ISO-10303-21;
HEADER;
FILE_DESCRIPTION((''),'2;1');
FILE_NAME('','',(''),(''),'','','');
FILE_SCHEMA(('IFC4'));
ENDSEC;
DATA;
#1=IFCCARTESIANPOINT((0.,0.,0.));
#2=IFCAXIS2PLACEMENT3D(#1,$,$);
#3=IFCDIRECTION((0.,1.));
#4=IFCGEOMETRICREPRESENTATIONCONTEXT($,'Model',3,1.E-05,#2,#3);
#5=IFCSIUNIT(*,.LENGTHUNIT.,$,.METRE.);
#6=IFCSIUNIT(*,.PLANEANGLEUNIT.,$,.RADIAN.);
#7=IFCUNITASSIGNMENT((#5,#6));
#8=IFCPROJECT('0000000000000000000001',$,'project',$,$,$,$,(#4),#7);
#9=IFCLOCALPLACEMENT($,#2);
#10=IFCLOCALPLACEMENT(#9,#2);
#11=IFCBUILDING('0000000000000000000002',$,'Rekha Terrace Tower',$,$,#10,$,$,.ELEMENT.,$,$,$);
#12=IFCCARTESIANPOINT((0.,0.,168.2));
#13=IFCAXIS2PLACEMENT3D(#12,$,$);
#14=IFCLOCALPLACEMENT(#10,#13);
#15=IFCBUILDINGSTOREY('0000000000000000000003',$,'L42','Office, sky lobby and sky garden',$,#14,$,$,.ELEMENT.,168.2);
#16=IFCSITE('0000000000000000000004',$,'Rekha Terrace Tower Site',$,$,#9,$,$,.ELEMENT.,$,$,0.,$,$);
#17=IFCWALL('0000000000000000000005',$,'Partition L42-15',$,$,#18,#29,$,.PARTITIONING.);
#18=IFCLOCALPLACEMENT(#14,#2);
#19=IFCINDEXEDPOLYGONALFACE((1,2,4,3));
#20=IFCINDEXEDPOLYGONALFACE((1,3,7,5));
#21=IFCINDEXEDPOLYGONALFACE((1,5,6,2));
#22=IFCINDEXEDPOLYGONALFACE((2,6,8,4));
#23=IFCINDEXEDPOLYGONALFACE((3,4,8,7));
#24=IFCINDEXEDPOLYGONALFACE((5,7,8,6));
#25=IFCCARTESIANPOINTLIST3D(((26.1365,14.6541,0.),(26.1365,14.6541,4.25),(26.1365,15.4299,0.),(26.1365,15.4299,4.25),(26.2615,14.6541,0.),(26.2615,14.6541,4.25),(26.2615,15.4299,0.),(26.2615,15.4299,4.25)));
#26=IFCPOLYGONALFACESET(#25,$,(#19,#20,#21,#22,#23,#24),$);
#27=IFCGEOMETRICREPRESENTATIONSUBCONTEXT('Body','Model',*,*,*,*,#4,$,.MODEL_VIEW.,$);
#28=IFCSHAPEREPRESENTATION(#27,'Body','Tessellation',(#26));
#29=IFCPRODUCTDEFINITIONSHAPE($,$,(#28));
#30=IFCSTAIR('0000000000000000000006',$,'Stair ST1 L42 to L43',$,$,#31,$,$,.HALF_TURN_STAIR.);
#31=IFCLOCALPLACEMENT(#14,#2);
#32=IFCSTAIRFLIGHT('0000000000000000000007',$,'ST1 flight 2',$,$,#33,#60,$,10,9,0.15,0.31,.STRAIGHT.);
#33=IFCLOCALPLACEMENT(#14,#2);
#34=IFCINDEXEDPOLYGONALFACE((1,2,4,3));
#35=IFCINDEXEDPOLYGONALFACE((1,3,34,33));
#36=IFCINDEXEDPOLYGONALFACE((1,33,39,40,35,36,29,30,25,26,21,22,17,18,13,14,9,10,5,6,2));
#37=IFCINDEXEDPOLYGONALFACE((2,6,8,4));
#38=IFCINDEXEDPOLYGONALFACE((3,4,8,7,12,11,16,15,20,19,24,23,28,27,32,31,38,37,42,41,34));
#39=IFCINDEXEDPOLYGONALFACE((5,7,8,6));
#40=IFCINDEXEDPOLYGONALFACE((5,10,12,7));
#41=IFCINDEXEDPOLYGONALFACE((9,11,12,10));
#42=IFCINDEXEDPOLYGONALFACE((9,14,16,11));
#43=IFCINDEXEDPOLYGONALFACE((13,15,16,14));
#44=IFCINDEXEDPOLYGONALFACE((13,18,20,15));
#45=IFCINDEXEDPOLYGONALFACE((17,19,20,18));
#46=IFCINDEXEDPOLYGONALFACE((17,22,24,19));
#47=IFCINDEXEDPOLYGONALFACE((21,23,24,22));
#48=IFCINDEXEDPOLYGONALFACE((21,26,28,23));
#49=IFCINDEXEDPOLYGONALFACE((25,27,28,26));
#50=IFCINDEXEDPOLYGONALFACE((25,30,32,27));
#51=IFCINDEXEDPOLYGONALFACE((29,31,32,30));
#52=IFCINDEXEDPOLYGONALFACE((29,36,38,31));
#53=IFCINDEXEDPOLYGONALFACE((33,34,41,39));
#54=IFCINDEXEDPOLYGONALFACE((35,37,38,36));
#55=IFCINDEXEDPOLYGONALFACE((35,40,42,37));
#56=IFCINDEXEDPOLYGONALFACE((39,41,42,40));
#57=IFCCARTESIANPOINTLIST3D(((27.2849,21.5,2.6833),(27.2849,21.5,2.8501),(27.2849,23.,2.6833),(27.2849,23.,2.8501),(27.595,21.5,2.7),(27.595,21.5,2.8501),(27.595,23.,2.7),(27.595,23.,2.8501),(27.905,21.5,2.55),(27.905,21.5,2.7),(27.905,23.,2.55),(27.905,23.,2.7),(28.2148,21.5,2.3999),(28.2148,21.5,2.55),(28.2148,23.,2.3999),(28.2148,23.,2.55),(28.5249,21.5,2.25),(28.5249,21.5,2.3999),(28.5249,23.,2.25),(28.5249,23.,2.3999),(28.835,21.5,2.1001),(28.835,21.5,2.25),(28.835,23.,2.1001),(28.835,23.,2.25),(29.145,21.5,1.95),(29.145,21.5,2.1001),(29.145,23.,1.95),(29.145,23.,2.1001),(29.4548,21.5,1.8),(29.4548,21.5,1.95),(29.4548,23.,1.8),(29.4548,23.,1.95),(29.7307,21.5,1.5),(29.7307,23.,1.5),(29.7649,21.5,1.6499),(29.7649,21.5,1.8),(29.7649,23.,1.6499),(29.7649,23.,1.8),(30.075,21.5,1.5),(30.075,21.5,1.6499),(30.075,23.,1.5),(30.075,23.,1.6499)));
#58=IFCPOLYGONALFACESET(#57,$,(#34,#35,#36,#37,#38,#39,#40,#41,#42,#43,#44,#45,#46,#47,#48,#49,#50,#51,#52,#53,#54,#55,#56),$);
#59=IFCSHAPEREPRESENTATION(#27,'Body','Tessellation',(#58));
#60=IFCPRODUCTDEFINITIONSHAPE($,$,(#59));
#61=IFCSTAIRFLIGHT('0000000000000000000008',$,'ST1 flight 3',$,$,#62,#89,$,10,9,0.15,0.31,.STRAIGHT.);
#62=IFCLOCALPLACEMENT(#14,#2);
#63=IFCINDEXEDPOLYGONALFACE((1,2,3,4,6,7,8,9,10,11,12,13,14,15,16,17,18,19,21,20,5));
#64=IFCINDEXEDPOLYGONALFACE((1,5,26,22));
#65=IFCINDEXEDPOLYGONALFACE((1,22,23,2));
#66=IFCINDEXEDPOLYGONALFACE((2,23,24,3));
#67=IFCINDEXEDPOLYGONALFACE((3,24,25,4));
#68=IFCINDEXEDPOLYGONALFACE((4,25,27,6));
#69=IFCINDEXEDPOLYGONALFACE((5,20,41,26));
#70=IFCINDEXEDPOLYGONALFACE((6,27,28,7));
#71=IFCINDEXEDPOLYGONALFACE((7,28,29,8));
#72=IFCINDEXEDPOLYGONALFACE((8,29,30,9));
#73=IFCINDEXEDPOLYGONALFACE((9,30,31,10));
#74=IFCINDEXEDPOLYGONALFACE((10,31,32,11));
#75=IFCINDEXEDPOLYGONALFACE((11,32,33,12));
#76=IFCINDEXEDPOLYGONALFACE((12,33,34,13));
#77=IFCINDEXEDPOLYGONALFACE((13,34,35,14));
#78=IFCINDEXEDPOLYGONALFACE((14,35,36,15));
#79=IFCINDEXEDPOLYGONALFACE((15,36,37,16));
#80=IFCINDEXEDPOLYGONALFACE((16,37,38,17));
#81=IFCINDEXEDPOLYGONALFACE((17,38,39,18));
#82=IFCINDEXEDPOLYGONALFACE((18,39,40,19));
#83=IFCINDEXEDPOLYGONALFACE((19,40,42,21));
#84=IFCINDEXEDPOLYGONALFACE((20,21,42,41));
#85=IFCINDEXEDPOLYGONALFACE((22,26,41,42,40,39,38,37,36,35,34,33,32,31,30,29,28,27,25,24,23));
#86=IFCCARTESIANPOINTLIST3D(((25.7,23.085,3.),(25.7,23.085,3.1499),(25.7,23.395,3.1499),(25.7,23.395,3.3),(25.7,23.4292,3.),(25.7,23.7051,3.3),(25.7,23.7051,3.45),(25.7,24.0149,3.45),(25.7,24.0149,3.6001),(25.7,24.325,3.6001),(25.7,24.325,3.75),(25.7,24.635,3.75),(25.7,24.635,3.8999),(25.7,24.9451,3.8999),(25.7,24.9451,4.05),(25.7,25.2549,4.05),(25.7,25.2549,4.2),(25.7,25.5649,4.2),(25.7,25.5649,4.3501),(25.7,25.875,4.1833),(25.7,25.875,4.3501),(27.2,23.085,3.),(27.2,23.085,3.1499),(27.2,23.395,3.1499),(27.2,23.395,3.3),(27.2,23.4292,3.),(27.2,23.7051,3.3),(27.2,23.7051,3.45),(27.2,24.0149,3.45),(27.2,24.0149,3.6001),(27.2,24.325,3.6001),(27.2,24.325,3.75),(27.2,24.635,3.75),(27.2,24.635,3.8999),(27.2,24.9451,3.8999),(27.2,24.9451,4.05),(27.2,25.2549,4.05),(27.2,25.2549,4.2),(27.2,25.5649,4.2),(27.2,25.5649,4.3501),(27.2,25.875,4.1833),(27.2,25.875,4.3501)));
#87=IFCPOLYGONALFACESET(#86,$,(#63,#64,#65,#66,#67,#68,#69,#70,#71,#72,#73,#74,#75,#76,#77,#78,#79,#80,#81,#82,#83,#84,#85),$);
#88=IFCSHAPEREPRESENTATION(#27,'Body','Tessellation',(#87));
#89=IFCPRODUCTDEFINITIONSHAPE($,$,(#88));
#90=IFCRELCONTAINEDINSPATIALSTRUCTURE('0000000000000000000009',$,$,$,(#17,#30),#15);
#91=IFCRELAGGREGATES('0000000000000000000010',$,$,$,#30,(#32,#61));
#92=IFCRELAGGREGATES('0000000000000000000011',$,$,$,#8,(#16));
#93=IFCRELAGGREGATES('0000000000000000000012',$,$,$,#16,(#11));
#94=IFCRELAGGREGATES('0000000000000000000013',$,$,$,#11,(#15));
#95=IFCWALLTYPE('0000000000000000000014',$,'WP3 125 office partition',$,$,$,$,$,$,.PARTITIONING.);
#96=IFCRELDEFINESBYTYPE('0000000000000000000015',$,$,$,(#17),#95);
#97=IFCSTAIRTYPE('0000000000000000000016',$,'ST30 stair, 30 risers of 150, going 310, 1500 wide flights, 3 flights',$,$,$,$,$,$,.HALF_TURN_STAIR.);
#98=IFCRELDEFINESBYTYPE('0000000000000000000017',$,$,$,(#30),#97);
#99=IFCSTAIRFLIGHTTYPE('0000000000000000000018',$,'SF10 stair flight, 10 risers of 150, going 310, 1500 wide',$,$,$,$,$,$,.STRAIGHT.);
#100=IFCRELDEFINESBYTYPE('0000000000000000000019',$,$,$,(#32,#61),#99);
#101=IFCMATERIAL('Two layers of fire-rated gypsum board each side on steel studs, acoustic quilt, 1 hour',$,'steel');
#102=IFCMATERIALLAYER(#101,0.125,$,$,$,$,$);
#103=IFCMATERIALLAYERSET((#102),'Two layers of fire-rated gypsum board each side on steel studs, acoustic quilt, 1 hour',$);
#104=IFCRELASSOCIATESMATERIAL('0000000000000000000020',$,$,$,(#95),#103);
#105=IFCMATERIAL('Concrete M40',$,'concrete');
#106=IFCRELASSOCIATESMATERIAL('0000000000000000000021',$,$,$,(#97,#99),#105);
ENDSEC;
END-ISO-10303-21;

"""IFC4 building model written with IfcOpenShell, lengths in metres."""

from ifc_helpers import new_model, si_unit, direction, frame, frame_2d, origin, place, context, subcontext, project, spatial, polyline, rectangle, outline, extrude, material, layer, layer_set, type_object, element, aggregate, save


model = new_model("IFC4")

# Units and contexts
model_context = context("Model", 3, precision=1e-05, world=origin(), true_north=direction((0.0, 1.0)))
body_context = subcontext(model_context, "Body", "Model", "MODEL_VIEW")
ifc_project = project(units=[si_unit("LENGTHUNIT", "METRE"), si_unit("PLANEANGLEUNIT", "RADIAN")], contexts=[model_context])

# Site, building, storey
site_placement = place(None, origin())
site = spatial("IfcSite", under=ifc_project, at=site_placement, Name="Rekha Terrace Tower Site", CompositionType="ELEMENT", RefElevation=0.0)
building_placement = place(site_placement, origin())
building = spatial("IfcBuilding", under=site, at=building_placement, Name="Rekha Terrace Tower", CompositionType="ELEMENT")
storey_placement = place(building_placement, frame((0.0, 0.0, 168.2)))
storey = spatial("IfcBuildingStorey", under=building, at=storey_placement, Name="L42", Description="Office, sky lobby and sky garden", CompositionType="ELEMENT", Elevation=168.2)

# Shared definitions
ifc_material_1 = material(Name="Concrete M40", Category="concrete")

# Wall
ifc_material_2 = material(Name="Two layers of fire-rated gypsum board each side on steel studs, acoustic quilt, 1 hour", Category="steel")
ifc_layer_1 = layer(ifc_material_2, 0.125)
ifc_layer_set_1 = layer_set([ifc_layer_1], Name="Two layers of fire-rated gypsum board each side on steel studs, acoustic quilt, 1 hour")
wall_type_1 = type_object("IfcWallType", Name="WP3 125 office partition", PredefinedType="PARTITIONING", material=ifc_layer_set_1)
wall_1_placement = place(storey_placement, frame((26.199, 15.4299, 0.0), z_axis=(0.0, 0.0, 1.0), x_axis=(0.0, -1.0, 0.0)))
element("IfcWall", 1, at=wall_1_placement, inside=storey, type_object=wall_type_1, Name="Partition L42-15", PredefinedType="PARTITIONING", context=body_context, shape_type="SweptSolid", body=[
    extrude(rectangle(XDim=0.7759, YDim=0.125, at=frame_2d((0.3879, 0.0))), origin(), (0.0, 0.0, 1.0), 4.25),
])

# Stair, stair flights
stair_type = type_object("IfcStairType", Name="ST30 stair, 30 risers of 150, going 310, 1500 wide flights, 3 flights", PredefinedType="HALF_TURN_STAIR", material=ifc_material_1)
stair_placement = place(storey_placement, origin())
stair = element("IfcStair", 2, at=stair_placement, inside=storey, type_object=stair_type, Name="Stair ST1 L42 to L43", PredefinedType="HALF_TURN_STAIR")
stair_flight_type = type_object("IfcStairFlightType", Name="SF10 stair flight, 10 risers of 150, going 310, 1500 wide", PredefinedType="STRAIGHT", material=ifc_material_1)
stair_flight_1_placement = place(storey_placement, frame((30.075, 22.25, 1.5), z_axis=(0.0, 0.0, 1.0), x_axis=(-1.0, 0.0, 0.0)))
stair_flight_1 = element("IfcStairFlight", 3, at=stair_flight_1_placement, type_object=stair_flight_type, Name="ST1 flight 2", NumberOfRisers=10, NumberOfTreads=9, PredefinedType="STRAIGHT", RiserHeight=0.15, TreadLength=0.31, context=body_context, shape_type="SweptSolid", body=[
    extrude(outline(polyline([(0.0, 0.0), (0.0, 0.1499), (0.3101, 0.1499), (0.3101, 0.3), (0.6201, 0.3), (0.6201, 0.45), (0.9299, 0.45), (0.9299, 0.6001), (1.24, 0.6001), (1.24, 0.75), (1.55, 0.75), (1.55, 0.8999), (1.8601, 0.8999), (1.8601, 1.05), (2.1699, 1.05), (2.1699, 1.2), (2.48, 1.2), (2.48, 1.3501), (2.79, 1.3501), (2.79, 1.5), (2.79, 1.1833), (0.3442, 0.0), (0.0, 0.0)])), frame((0.0, 0.75, 0.0), z_axis=(0.0, -1.0, 0.0), x_axis=(1.0, 0.0, 0.0)), (0.0, 0.0, 1.0), 1.5),
])
stair_flight_2_placement = place(storey_placement, frame((26.45, 23.085, 3.0), z_axis=(0.0, 0.0, 1.0), x_axis=(0.0, 1.0, 0.0)))
stair_flight_2 = element("IfcStairFlight", 4, at=stair_flight_2_placement, type_object=stair_flight_type, Name="ST1 flight 3", NumberOfRisers=10, NumberOfTreads=9, PredefinedType="STRAIGHT", RiserHeight=0.15, TreadLength=0.31, context=body_context, shape_type="SweptSolid", body=[
    extrude(outline(polyline([(0.0, 0.0), (0.0, 0.1499), (0.3101, 0.1499), (0.3101, 0.3), (0.6201, 0.3), (0.6201, 0.45), (0.9299, 0.45), (0.9299, 0.6001), (1.24, 0.6001), (1.24, 0.75), (1.55, 0.75), (1.55, 0.8999), (1.8601, 0.8999), (1.8601, 1.05), (2.1699, 1.05), (2.1699, 1.2), (2.48, 1.2), (2.48, 1.3501), (2.79, 1.3501), (2.79, 1.5), (2.79, 1.1833), (0.3442, 0.0), (0.0, 0.0)])), frame((0.0, 0.75, 0.0), z_axis=(0.0, -1.0, 0.0), x_axis=(1.0, 0.0, 0.0)), (0.0, 0.0, 1.0), 1.5),
])
aggregate(stair, [stair_flight_1, stair_flight_2])

save(model, "model.ifc")
